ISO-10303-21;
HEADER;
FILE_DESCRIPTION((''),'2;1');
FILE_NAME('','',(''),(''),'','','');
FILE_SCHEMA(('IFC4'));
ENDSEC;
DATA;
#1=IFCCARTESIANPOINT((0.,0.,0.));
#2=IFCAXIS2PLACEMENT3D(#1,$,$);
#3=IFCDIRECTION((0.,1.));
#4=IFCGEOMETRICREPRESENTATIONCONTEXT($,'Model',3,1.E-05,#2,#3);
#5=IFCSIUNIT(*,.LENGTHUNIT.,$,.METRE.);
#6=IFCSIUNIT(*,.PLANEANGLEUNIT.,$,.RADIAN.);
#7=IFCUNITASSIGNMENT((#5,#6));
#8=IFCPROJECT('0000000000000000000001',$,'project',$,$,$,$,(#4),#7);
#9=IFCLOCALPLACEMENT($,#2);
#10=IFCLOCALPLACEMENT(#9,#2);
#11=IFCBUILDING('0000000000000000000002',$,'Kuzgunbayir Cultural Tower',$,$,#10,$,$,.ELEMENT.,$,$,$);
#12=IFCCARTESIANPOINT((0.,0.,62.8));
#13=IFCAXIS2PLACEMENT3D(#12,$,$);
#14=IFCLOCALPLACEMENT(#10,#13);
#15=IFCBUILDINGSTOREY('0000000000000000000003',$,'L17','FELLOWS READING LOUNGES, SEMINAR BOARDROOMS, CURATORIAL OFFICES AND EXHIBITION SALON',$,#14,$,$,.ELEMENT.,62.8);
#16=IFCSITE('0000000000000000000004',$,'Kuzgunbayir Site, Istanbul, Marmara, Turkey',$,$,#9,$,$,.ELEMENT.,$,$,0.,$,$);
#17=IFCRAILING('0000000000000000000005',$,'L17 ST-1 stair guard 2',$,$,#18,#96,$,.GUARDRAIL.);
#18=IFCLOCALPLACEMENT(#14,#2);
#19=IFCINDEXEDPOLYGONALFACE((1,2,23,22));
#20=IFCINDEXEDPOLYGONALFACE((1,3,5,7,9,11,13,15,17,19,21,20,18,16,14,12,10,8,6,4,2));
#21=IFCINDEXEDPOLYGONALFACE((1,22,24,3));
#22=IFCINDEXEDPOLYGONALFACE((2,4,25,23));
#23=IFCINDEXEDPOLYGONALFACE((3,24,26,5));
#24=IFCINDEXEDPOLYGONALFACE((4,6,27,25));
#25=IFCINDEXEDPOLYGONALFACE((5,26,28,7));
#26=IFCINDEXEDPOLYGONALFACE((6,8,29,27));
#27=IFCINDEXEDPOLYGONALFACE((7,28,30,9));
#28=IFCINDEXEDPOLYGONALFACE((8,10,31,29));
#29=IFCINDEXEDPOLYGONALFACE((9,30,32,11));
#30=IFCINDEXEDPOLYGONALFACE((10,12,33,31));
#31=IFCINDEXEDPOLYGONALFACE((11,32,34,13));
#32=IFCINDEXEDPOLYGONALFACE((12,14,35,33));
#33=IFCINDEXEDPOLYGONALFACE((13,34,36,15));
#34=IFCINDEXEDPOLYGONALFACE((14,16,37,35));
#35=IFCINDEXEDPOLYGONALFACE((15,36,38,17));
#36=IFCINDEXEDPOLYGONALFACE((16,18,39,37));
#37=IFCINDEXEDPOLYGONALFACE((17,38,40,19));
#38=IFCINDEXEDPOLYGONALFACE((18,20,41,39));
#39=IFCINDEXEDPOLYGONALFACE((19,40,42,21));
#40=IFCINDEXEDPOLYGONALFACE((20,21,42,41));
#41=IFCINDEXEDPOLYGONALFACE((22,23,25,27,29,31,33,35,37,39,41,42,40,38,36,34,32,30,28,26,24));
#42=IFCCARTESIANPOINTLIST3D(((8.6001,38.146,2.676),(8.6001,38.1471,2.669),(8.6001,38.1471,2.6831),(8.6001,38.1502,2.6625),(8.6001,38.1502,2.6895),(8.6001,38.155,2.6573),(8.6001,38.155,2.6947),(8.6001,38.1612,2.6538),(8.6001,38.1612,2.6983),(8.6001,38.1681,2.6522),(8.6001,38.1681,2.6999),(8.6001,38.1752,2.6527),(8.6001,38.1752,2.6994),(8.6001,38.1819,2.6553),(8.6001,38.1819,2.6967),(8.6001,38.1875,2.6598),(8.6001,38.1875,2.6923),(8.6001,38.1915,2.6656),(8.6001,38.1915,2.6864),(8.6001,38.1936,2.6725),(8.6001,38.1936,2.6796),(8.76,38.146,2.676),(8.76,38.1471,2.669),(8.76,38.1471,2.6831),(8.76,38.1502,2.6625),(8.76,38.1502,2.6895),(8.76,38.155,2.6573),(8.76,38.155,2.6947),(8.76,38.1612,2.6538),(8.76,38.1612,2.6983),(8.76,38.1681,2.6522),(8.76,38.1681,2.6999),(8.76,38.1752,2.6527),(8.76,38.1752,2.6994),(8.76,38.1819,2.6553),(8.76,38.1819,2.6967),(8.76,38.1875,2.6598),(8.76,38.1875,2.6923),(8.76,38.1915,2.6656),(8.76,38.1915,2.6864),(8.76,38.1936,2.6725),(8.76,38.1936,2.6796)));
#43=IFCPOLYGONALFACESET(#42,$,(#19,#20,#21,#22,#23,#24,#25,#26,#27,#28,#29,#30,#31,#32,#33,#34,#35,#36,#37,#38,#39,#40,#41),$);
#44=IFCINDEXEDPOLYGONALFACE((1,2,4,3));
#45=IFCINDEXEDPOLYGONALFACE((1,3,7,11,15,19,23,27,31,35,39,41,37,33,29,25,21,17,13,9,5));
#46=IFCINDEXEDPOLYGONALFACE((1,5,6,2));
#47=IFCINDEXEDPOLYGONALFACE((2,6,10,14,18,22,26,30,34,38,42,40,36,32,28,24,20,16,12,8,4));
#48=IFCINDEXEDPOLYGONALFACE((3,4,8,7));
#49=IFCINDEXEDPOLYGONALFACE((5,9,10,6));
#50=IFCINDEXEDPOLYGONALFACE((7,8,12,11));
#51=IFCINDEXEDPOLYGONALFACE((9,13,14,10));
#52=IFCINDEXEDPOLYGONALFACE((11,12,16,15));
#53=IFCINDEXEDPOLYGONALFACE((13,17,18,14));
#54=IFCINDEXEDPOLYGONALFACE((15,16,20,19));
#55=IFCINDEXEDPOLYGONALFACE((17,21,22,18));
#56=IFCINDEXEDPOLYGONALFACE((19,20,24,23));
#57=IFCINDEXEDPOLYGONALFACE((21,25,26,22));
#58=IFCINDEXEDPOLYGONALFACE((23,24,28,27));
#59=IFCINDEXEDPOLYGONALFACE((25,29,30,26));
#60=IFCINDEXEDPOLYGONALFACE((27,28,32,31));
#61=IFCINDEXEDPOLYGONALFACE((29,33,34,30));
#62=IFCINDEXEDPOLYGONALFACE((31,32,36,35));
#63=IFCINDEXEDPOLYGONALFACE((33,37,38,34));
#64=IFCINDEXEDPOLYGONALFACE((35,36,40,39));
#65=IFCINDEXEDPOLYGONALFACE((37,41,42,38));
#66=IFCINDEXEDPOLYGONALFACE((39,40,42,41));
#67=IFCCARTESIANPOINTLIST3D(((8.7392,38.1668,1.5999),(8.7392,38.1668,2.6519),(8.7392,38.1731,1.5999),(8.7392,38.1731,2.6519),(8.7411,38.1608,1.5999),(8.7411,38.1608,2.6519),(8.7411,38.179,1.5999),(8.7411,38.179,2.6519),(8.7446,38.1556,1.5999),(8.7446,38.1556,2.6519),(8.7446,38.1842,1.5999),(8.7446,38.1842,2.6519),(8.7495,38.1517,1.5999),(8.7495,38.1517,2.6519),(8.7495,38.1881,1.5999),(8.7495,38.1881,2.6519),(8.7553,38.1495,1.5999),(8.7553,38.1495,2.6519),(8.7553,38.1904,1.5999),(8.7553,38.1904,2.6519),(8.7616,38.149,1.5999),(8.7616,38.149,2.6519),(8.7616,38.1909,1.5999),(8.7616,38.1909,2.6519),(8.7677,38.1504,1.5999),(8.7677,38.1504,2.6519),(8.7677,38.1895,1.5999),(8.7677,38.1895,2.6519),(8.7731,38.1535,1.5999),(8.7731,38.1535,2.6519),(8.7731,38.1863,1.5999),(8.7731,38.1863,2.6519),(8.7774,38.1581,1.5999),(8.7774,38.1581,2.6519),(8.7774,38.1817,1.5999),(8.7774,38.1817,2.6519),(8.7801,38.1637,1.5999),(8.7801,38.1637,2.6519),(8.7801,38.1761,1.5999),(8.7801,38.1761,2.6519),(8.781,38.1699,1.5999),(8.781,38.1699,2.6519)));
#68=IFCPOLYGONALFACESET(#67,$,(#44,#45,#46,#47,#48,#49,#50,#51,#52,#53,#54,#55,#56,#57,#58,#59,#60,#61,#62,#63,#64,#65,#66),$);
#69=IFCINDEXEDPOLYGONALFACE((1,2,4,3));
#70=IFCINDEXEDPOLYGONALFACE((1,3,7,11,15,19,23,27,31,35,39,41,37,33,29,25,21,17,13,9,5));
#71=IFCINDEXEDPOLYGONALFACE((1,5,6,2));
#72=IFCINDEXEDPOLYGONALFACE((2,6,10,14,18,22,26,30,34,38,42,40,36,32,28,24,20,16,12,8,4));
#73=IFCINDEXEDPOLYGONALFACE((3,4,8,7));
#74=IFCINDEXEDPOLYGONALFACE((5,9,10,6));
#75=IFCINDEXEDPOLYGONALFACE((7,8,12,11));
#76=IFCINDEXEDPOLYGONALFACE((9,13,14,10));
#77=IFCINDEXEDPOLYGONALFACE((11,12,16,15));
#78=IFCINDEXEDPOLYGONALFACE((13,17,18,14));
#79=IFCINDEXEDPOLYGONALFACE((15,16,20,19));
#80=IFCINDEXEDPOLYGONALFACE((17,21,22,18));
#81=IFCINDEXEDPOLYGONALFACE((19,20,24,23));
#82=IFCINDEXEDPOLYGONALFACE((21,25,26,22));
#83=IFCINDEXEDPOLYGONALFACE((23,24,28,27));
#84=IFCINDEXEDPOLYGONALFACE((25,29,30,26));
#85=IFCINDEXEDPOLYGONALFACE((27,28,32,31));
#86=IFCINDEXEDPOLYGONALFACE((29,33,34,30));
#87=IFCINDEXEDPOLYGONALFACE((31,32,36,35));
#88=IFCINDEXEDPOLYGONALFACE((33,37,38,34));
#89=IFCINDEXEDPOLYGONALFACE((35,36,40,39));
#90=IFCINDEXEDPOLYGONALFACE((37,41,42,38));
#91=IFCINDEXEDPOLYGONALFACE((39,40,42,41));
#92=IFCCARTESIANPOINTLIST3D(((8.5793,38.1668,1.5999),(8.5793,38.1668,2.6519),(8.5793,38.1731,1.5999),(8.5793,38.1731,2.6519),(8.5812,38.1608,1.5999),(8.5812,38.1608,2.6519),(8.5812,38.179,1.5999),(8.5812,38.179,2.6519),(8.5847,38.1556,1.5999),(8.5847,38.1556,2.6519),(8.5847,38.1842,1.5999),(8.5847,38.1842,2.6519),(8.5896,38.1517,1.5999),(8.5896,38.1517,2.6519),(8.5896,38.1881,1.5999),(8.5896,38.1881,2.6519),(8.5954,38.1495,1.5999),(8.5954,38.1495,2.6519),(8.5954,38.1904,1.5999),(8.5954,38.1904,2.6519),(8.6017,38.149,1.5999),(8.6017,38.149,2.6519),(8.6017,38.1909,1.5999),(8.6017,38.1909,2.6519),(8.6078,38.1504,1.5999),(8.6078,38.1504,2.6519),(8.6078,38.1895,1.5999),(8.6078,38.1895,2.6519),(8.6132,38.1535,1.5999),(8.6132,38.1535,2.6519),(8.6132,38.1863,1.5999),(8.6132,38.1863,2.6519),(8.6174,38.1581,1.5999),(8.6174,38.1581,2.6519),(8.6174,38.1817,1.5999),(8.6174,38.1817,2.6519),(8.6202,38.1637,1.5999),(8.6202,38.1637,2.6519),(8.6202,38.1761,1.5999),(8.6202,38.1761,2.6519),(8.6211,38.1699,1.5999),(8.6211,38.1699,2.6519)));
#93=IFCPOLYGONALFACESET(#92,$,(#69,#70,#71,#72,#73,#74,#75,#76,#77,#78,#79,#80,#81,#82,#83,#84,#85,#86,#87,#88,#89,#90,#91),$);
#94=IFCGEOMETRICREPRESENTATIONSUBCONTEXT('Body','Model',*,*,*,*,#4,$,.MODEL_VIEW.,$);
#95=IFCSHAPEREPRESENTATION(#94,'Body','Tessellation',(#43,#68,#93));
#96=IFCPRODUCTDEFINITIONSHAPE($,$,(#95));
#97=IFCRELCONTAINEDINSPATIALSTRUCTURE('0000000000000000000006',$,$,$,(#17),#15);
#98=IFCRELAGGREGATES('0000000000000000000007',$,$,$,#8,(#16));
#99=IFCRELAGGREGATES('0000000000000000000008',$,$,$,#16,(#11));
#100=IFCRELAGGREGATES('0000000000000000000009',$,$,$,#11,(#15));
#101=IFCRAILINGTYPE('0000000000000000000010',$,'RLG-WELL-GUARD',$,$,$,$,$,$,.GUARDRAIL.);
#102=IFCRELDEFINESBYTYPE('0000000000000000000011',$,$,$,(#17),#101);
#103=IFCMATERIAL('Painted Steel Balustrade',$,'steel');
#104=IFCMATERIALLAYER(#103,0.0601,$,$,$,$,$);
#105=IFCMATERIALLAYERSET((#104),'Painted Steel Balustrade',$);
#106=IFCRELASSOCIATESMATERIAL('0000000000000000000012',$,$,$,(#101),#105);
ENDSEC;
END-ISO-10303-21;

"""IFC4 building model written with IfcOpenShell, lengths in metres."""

from ifc_helpers import new_model, si_unit, direction, frame, origin, origin_2d, place, context, subcontext, project, spatial, circle, extrude, material, layer, layer_set, type_object, element, save


model = new_model("IFC4")

# Units and contexts
model_context = context("Model", 3, precision=1e-05, world=origin(), true_north=direction((0.0, 1.0)))
body_context = subcontext(model_context, "Body", "Model", "MODEL_VIEW")
ifc_project = project(units=[si_unit("LENGTHUNIT", "METRE"), si_unit("PLANEANGLEUNIT", "RADIAN")], contexts=[model_context])

# Site, building, storey
site_placement = place(None, origin())
site = spatial("IfcSite", under=ifc_project, at=site_placement, Name="Kuzgunbayir Site, Istanbul, Marmara, Turkey", CompositionType="ELEMENT", RefElevation=0.0)
building_placement = place(site_placement, origin())
building = spatial("IfcBuilding", under=site, at=building_placement, Name="Kuzgunbayir Cultural Tower", CompositionType="ELEMENT")
storey_placement = place(building_placement, frame((0.0, 0.0, 62.8)))
storey = spatial("IfcBuildingStorey", under=building, at=storey_placement, Name="L17", Description="FELLOWS READING LOUNGES, SEMINAR BOARDROOMS, CURATORIAL OFFICES AND EXHIBITION SALON", CompositionType="ELEMENT", Elevation=62.8)

# Railing
ifc_material_1 = material(Name="Painted Steel Balustrade", Category="steel")
ifc_layer_1 = layer(ifc_material_1, 0.0601)
ifc_layer_set_1 = layer_set([ifc_layer_1], Name="Painted Steel Balustrade")
railing_type_1 = type_object("IfcRailingType", Name="RLG-WELL-GUARD", PredefinedType="GUARDRAIL", material=ifc_layer_set_1)
railing_1_placement = place(storey_placement, frame((8.76, 38.1699, 1.5999)))
element("IfcRailing", 1, at=railing_1_placement, inside=storey, type_object=railing_type_1, Name="L17 ST-1 stair guard 2", PredefinedType="GUARDRAIL", context=body_context, shape_type="SweptSolid", body=[
    extrude(circle(Radius=0.0239, at=origin_2d()), frame((0.0, 0.0, 1.0762), z_axis=(-1.0, 0.0, 0.0), x_axis=(0.0, -1.0, 0.0)), (0.0, 0.0, 1.0), 0.1599),
    extrude(circle(Radius=0.021, at=origin_2d()), origin(), (0.0, 0.0, 1.0), 1.052),
    extrude(circle(Radius=0.021, at=origin_2d()), frame((-0.1599, 0.0, 0.0)), (0.0, 0.0, 1.0), 1.052),
])

save(model, "model.ifc")
